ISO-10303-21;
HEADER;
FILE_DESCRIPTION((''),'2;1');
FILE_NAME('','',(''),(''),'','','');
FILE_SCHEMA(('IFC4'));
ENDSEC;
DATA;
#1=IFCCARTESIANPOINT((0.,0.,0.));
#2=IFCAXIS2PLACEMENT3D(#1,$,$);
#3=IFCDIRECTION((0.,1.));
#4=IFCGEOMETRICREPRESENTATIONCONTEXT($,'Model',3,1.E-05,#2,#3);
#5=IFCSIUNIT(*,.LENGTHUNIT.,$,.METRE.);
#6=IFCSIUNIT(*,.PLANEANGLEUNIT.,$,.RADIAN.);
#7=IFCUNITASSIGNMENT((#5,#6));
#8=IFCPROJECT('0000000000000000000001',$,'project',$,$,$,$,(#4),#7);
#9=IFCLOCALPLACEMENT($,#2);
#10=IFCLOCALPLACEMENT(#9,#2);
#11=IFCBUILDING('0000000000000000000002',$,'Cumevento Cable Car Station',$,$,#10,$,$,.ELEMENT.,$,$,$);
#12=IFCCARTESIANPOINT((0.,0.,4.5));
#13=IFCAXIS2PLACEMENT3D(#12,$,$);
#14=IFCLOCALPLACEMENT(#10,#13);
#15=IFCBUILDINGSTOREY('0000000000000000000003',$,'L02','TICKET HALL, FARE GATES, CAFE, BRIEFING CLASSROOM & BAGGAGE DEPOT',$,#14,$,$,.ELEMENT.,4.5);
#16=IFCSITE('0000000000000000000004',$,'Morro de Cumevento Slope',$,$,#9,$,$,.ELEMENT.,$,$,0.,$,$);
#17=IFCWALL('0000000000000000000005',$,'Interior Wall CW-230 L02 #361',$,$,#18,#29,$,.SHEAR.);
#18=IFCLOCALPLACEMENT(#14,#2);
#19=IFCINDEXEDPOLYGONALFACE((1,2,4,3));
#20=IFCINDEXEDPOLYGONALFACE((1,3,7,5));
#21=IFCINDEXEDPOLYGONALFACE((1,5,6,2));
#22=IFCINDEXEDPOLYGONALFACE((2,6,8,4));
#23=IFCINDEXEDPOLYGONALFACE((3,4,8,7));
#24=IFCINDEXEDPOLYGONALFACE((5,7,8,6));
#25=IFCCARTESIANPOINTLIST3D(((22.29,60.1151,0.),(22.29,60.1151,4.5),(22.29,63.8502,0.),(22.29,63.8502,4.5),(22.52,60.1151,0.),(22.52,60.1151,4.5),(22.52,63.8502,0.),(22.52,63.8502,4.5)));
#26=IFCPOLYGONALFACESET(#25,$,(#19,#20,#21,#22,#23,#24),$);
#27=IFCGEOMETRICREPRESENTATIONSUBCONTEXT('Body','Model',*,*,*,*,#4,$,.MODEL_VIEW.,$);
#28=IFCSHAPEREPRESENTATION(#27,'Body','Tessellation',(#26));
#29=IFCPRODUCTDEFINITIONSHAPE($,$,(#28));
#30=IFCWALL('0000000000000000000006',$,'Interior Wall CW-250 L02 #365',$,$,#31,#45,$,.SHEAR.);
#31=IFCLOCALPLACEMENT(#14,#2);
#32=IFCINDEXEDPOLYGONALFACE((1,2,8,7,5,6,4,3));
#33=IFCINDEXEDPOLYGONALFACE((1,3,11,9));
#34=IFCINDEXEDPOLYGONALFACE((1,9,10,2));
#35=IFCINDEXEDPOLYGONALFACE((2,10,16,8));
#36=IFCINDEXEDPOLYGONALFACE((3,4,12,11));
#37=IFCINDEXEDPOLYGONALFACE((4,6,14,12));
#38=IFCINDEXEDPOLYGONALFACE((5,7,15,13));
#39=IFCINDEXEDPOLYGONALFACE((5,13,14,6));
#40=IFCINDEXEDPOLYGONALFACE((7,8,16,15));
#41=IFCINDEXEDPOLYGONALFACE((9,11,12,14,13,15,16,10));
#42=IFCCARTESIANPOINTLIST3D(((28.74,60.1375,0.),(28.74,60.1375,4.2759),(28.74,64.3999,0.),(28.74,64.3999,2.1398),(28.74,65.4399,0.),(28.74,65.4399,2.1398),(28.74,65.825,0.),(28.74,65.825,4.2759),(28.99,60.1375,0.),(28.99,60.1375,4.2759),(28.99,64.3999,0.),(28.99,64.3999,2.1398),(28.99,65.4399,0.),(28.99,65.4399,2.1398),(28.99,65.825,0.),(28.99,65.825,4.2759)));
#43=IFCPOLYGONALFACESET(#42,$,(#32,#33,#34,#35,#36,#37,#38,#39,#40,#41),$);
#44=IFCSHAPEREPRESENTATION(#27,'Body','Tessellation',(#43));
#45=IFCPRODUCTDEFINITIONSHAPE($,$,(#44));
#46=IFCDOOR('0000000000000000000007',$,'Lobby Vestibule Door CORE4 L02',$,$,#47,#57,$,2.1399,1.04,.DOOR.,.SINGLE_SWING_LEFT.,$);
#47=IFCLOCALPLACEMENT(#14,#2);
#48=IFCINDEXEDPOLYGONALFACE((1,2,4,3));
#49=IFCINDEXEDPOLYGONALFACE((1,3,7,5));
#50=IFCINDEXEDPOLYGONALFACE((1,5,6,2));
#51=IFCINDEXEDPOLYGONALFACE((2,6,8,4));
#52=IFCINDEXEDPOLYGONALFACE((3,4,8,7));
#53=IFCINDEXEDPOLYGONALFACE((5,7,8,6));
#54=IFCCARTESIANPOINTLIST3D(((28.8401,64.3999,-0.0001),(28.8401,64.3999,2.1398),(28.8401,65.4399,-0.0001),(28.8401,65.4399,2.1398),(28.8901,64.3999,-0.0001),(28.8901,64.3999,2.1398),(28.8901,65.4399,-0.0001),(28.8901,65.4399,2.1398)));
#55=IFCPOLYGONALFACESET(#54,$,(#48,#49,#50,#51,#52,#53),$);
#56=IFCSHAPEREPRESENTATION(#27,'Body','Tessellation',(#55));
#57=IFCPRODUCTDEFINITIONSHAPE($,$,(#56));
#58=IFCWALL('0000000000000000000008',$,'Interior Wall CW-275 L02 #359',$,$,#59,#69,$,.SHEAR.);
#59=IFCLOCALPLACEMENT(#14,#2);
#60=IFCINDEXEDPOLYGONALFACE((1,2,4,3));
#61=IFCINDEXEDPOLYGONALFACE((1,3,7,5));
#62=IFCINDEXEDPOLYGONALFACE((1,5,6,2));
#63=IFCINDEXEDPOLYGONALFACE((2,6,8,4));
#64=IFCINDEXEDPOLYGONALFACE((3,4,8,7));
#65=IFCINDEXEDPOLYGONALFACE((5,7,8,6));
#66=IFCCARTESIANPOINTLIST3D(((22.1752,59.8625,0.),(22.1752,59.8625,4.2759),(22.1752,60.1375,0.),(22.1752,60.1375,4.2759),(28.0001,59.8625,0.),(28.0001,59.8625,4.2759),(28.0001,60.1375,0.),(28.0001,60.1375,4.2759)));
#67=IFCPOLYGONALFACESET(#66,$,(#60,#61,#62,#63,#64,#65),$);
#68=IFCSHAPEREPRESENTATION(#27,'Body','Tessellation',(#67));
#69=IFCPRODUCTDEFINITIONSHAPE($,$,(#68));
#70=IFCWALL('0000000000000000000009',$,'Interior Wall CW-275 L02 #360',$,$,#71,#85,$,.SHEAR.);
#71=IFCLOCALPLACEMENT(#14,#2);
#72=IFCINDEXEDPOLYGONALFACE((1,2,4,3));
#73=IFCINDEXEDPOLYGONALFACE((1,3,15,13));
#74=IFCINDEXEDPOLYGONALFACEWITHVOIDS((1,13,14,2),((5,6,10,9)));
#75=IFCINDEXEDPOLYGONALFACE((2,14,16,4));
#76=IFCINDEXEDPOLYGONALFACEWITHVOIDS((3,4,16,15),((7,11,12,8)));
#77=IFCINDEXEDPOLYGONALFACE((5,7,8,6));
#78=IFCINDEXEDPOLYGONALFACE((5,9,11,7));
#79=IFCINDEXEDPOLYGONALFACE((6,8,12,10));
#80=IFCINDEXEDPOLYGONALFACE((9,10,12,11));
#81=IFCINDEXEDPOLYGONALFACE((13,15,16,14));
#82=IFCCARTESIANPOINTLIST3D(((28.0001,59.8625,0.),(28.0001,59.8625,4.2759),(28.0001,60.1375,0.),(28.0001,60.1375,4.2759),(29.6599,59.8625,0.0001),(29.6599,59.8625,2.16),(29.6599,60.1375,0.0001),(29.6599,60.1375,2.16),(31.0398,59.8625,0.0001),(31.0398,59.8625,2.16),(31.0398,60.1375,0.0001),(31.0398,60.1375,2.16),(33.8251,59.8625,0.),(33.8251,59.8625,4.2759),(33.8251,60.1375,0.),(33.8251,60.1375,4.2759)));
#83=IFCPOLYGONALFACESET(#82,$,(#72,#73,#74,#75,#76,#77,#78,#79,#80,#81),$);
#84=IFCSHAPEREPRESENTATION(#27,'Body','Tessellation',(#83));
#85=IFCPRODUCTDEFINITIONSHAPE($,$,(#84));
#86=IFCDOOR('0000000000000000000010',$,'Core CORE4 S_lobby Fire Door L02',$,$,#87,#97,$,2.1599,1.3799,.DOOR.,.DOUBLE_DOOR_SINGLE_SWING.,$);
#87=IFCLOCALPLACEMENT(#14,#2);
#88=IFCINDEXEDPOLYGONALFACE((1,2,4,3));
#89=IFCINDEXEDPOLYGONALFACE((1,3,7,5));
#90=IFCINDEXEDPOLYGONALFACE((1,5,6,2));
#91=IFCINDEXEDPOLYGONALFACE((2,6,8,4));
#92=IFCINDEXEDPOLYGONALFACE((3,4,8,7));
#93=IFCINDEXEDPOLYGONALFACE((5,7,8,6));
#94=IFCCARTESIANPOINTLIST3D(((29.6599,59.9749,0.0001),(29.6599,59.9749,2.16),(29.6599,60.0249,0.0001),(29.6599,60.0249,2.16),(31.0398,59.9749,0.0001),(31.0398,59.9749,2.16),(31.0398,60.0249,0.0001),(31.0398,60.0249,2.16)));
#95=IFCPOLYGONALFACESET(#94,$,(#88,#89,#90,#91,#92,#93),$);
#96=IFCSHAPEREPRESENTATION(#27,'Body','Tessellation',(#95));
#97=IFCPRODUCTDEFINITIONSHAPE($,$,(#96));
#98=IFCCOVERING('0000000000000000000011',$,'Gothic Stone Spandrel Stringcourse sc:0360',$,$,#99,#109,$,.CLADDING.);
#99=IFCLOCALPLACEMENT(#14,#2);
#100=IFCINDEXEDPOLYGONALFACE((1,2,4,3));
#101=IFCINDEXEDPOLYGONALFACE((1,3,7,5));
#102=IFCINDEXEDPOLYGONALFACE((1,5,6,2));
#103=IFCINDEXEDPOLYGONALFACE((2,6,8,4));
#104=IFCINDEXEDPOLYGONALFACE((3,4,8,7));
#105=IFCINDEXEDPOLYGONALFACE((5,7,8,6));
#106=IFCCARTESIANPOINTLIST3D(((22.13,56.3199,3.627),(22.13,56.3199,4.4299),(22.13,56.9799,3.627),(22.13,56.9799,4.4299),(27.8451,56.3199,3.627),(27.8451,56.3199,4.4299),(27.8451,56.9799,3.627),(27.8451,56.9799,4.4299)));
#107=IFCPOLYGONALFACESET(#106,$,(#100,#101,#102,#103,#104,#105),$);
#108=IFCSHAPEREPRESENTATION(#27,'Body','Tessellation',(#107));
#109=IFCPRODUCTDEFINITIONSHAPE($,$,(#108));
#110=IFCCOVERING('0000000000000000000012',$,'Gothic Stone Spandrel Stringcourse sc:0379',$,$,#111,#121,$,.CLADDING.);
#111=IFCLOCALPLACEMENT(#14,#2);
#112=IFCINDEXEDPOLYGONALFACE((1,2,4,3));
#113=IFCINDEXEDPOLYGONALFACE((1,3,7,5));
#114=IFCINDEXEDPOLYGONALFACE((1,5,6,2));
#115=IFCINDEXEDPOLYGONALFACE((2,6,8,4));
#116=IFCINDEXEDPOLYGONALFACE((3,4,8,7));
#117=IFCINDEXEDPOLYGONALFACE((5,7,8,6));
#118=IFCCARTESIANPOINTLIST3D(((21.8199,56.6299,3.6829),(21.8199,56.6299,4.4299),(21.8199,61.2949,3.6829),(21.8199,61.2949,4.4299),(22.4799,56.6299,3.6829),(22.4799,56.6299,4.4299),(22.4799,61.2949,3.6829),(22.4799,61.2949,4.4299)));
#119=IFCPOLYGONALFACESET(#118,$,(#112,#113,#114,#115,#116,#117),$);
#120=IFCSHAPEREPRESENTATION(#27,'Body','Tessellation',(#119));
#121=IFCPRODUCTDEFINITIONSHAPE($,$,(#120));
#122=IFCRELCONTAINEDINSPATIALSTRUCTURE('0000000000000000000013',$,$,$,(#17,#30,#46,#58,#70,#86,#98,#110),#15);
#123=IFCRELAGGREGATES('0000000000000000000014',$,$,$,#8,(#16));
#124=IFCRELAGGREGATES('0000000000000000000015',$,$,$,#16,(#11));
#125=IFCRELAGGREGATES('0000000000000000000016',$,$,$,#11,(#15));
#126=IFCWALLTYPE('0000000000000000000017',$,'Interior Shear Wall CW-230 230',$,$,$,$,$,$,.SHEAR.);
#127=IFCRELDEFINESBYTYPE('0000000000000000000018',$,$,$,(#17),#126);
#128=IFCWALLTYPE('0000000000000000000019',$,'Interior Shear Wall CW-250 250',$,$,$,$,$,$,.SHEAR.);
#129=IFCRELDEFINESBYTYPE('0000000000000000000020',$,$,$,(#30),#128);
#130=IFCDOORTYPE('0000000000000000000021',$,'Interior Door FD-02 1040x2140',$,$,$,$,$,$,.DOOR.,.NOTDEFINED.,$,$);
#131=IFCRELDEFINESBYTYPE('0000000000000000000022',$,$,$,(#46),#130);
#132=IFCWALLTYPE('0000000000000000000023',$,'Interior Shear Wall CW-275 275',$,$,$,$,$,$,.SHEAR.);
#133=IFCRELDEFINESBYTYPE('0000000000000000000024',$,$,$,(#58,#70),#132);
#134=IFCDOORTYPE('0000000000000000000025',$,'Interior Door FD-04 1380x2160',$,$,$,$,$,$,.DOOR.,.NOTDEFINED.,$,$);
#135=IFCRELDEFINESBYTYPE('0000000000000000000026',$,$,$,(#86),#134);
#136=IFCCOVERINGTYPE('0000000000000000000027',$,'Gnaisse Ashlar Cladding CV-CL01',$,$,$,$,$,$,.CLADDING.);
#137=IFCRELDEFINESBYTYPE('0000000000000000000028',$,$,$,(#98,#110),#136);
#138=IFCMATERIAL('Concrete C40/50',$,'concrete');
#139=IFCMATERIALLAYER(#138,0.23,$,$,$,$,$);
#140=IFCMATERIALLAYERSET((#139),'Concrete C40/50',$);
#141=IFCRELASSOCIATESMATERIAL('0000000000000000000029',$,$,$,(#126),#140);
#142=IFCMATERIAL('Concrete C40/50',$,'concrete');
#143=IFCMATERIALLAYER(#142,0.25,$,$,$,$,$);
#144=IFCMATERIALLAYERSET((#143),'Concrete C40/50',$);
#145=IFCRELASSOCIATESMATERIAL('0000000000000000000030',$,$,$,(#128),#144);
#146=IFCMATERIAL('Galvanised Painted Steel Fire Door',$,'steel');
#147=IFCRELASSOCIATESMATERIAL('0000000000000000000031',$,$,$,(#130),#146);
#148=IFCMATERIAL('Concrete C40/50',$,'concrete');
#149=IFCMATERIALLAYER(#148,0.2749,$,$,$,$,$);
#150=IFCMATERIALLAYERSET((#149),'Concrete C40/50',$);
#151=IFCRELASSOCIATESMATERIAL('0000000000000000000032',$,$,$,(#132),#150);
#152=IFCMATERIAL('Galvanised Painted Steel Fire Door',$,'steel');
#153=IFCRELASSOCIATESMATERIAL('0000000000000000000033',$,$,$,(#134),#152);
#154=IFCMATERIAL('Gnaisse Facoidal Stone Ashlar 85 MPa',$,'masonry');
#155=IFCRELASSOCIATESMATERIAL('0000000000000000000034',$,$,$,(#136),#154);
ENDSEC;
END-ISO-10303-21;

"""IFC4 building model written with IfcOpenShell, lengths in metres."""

from ifc_helpers import new_model, si_unit, direction, frame, frame_2d, origin, origin_2d, place, context, subcontext, project, spatial, rectangle, extrude, material, layer, layer_set, type_object, element, fill, save


model = new_model("IFC4")

# Units and contexts
model_context = context("Model", 3, precision=1e-05, world=origin(), true_north=direction((0.0, 1.0)))
body_context = subcontext(model_context, "Body", "Model", "MODEL_VIEW")
ifc_project = project(units=[si_unit("LENGTHUNIT", "METRE"), si_unit("PLANEANGLEUNIT", "RADIAN")], contexts=[model_context])

# Site, building, storey
site_placement = place(None, origin())
site = spatial("IfcSite", under=ifc_project, at=site_placement, Name="Morro de Cumevento Slope", CompositionType="ELEMENT", RefElevation=0.0)
building_placement = place(site_placement, origin())
building = spatial("IfcBuilding", under=site, at=building_placement, Name="Cumevento Cable Car Station", CompositionType="ELEMENT")
storey_placement = place(building_placement, frame((0.0, 0.0, 4.5)))
storey = spatial("IfcBuildingStorey", under=building, at=storey_placement, Name="L02", Description="TICKET HALL, FARE GATES, CAFE, BRIEFING CLASSROOM & BAGGAGE DEPOT", CompositionType="ELEMENT", Elevation=4.5)

# Wall
ifc_material_1 = material(Name="Concrete C40/50", Category="concrete")
ifc_layer_1 = layer(ifc_material_1, 0.23)
ifc_layer_set_1 = layer_set([ifc_layer_1], Name="Concrete C40/50")
wall_type_1 = type_object("IfcWallType", Name="Interior Shear Wall CW-230 230", PredefinedType="SHEAR", material=ifc_layer_set_1)
wall_1_placement = place(storey_placement, frame((22.405, 60.115, 0.0), z_axis=(0.0, 0.0, 1.0), x_axis=(0.0, 1.0, 0.0)))
element("IfcWall", 1, at=wall_1_placement, inside=storey, type_object=wall_type_1, Name="Interior Wall CW-230 L02 #361", PredefinedType="SHEAR", context=body_context, shape_type="SweptSolid", body=[
    extrude(rectangle(XDim=3.7351, YDim=0.23, at=frame_2d((1.8677, 0.0))), origin(), (0.0, 0.0, 1.0), 4.5),
])

# Wall, opening, door
ifc_material_2 = material(Name="Concrete C40/50", Category="concrete")
ifc_layer_2 = layer(ifc_material_2, 0.25)
ifc_layer_set_2 = layer_set([ifc_layer_2], Name="Concrete C40/50")
wall_type_2 = type_object("IfcWallType", Name="Interior Shear Wall CW-250 250", PredefinedType="SHEAR", material=ifc_layer_set_2)
wall_2_placement = place(storey_placement, frame((28.865, 60.1375, 0.0), z_axis=(0.0, 0.0, 1.0), x_axis=(0.0, 1.0, 0.0)))
wall_2 = element("IfcWall", 2, at=wall_2_placement, inside=storey, type_object=wall_type_2, Name="Interior Wall CW-250 L02 #365", PredefinedType="SHEAR", context=body_context, shape_type="SweptSolid", body=[
    extrude(rectangle(XDim=5.6875, YDim=0.25, at=frame_2d((2.8438, 0.0))), origin(), (0.0, 0.0, 1.0), 4.2759),
])
opening_1_placement = place(wall_2_placement, frame((4.2625, 0.0, 0.0)))
opening_1 = element("IfcOpeningElement", 3, at=opening_1_placement, cuts=wall_2, PredefinedType="OPENING", context=body_context, shape_type="SweptSolid", body=[
    extrude(rectangle(XDim=1.04, YDim=2.1399, at=frame_2d((0.52, 1.0698))), frame((0.0, 0.135, 0.0), z_axis=(0.0, -1.0, 0.0), x_axis=(1.0, 0.0, 0.0)), (0.0, 0.0, 1.0), 0.27),
])
ifc_material_3 = material(Name="Galvanised Painted Steel Fire Door", Category="steel")
door_type_1 = type_object("IfcDoorType", Name="Interior Door FD-02 1040x2140", OperationType="NOTDEFINED", PredefinedType="DOOR", material=ifc_material_3)
door_1_placement = place(opening_1_placement, origin())
door_1 = element("IfcDoor", 4, at=door_1_placement, inside=storey, type_object=door_type_1, Name="Lobby Vestibule Door CORE4 L02", OperationType="SINGLE_SWING_LEFT", OverallHeight=2.1399, OverallWidth=1.04, PredefinedType="DOOR", context=body_context, shape_type="SweptSolid", body=[
    extrude(rectangle(XDim=1.04, YDim=2.1399, at=frame_2d((0.52, 1.0698))), frame((0.0, 0.0249, 0.0), z_axis=(0.0, -1.0, 0.0), x_axis=(1.0, 0.0, 0.0)), (0.0, 0.0, 1.0), 0.05),
])
fill(opening_1, door_1)

# Wall
ifc_material_4 = material(Name="Concrete C40/50", Category="concrete")
ifc_layer_3 = layer(ifc_material_4, 0.2749)
ifc_layer_set_3 = layer_set([ifc_layer_3], Name="Concrete C40/50")
wall_type_3 = type_object("IfcWallType", Name="Interior Shear Wall CW-275 275", PredefinedType="SHEAR", material=ifc_layer_set_3)
wall_3_placement = place(storey_placement, frame((22.175, 60.0, 0.0), z_axis=(0.0, 0.0, 1.0), x_axis=(1.0, 0.0, 0.0)))
element("IfcWall", 5, at=wall_3_placement, inside=storey, type_object=wall_type_3, Name="Interior Wall CW-275 L02 #359", PredefinedType="SHEAR", context=body_context, shape_type="SweptSolid", body=[
    extrude(rectangle(XDim=5.825, YDim=0.2749, at=frame_2d((2.9126, 0.0))), origin(), (0.0, 0.0, 1.0), 4.2759),
])

# Wall, opening, door
wall_4_placement = place(storey_placement, frame((28.0, 60.0, 0.0), z_axis=(0.0, 0.0, 1.0), x_axis=(1.0, 0.0, 0.0)))
wall_4 = element("IfcWall", 6, at=wall_4_placement, inside=storey, type_object=wall_type_3, Name="Interior Wall CW-275 L02 #360", PredefinedType="SHEAR", context=body_context, shape_type="SweptSolid", body=[
    extrude(rectangle(XDim=5.825, YDim=0.2749, at=frame_2d((2.9126, 0.0))), origin(), (0.0, 0.0, 1.0), 4.2759),
])
opening_2_placement = place(wall_4_placement, frame((1.6599, 0.0, 0.0)))
opening_2 = element("IfcOpeningElement", 7, at=opening_2_placement, cuts=wall_4, PredefinedType="OPENING", context=body_context, shape_type="SweptSolid", body=[
    extrude(rectangle(XDim=1.3799, YDim=2.1599, at=frame_2d((0.6899, 1.0801))), frame((0.0, 0.1475, 0.0), z_axis=(0.0, -1.0, 0.0), x_axis=(1.0, 0.0, 0.0)), (0.0, 0.0, 1.0), 0.2949),
])
ifc_material_5 = material(Name="Galvanised Painted Steel Fire Door", Category="steel")
door_type_2 = type_object("IfcDoorType", Name="Interior Door FD-04 1380x2160", OperationType="NOTDEFINED", PredefinedType="DOOR", material=ifc_material_5)
door_2_placement = place(opening_2_placement, origin())
door_2 = element("IfcDoor", 8, at=door_2_placement, inside=storey, type_object=door_type_2, Name="Core CORE4 S_lobby Fire Door L02", OperationType="DOUBLE_DOOR_SINGLE_SWING", OverallHeight=2.1599, OverallWidth=1.3799, PredefinedType="DOOR", context=body_context, shape_type="SweptSolid", body=[
    extrude(rectangle(XDim=1.3799, YDim=2.1599, at=frame_2d((0.6899, 1.0801))), frame((0.0, 0.0249, 0.0), z_axis=(0.0, -1.0, 0.0), x_axis=(1.0, 0.0, 0.0)), (0.0, 0.0, 1.0), 0.05),
])
fill(opening_2, door_2)

# Coverings
ifc_material_6 = material(Name="Gnaisse Facoidal Stone Ashlar 85 MPa", Category="masonry")
covering_type = type_object("IfcCoveringType", Name="Gnaisse Ashlar Cladding CV-CL01", PredefinedType="CLADDING", material=ifc_material_6)
covering_1_placement = place(storey_placement, frame((24.9875, 56.6499, 3.627), z_axis=(0.0, 0.0, 1.0), x_axis=(-1.0, 0.0, 0.0)))
element("IfcCovering", 9, at=covering_1_placement, inside=storey, type_object=covering_type, Name="Gothic Stone Spandrel Stringcourse sc:0360", PredefinedType="CLADDING", context=body_context, shape_type="SweptSolid", body=[
    extrude(rectangle(XDim=5.7151, YDim=0.6599, at=origin_2d()), origin(), (0.0, 0.0, 1.0), 0.803),
])
covering_2_placement = place(storey_placement, frame((22.1499, 58.9624, 3.6829), z_axis=(0.0, 0.0, 1.0), x_axis=(0.0, 1.0, 0.0)))
element("IfcCovering", 10, at=covering_2_placement, inside=storey, type_object=covering_type, Name="Gothic Stone Spandrel Stringcourse sc:0379", PredefinedType="CLADDING", context=body_context, shape_type="SweptSolid", body=[
    extrude(rectangle(XDim=4.665, YDim=0.6599, at=origin_2d()), origin(), (0.0, 0.0, 1.0), 0.7471),
])

save(model, "model.ifc")
